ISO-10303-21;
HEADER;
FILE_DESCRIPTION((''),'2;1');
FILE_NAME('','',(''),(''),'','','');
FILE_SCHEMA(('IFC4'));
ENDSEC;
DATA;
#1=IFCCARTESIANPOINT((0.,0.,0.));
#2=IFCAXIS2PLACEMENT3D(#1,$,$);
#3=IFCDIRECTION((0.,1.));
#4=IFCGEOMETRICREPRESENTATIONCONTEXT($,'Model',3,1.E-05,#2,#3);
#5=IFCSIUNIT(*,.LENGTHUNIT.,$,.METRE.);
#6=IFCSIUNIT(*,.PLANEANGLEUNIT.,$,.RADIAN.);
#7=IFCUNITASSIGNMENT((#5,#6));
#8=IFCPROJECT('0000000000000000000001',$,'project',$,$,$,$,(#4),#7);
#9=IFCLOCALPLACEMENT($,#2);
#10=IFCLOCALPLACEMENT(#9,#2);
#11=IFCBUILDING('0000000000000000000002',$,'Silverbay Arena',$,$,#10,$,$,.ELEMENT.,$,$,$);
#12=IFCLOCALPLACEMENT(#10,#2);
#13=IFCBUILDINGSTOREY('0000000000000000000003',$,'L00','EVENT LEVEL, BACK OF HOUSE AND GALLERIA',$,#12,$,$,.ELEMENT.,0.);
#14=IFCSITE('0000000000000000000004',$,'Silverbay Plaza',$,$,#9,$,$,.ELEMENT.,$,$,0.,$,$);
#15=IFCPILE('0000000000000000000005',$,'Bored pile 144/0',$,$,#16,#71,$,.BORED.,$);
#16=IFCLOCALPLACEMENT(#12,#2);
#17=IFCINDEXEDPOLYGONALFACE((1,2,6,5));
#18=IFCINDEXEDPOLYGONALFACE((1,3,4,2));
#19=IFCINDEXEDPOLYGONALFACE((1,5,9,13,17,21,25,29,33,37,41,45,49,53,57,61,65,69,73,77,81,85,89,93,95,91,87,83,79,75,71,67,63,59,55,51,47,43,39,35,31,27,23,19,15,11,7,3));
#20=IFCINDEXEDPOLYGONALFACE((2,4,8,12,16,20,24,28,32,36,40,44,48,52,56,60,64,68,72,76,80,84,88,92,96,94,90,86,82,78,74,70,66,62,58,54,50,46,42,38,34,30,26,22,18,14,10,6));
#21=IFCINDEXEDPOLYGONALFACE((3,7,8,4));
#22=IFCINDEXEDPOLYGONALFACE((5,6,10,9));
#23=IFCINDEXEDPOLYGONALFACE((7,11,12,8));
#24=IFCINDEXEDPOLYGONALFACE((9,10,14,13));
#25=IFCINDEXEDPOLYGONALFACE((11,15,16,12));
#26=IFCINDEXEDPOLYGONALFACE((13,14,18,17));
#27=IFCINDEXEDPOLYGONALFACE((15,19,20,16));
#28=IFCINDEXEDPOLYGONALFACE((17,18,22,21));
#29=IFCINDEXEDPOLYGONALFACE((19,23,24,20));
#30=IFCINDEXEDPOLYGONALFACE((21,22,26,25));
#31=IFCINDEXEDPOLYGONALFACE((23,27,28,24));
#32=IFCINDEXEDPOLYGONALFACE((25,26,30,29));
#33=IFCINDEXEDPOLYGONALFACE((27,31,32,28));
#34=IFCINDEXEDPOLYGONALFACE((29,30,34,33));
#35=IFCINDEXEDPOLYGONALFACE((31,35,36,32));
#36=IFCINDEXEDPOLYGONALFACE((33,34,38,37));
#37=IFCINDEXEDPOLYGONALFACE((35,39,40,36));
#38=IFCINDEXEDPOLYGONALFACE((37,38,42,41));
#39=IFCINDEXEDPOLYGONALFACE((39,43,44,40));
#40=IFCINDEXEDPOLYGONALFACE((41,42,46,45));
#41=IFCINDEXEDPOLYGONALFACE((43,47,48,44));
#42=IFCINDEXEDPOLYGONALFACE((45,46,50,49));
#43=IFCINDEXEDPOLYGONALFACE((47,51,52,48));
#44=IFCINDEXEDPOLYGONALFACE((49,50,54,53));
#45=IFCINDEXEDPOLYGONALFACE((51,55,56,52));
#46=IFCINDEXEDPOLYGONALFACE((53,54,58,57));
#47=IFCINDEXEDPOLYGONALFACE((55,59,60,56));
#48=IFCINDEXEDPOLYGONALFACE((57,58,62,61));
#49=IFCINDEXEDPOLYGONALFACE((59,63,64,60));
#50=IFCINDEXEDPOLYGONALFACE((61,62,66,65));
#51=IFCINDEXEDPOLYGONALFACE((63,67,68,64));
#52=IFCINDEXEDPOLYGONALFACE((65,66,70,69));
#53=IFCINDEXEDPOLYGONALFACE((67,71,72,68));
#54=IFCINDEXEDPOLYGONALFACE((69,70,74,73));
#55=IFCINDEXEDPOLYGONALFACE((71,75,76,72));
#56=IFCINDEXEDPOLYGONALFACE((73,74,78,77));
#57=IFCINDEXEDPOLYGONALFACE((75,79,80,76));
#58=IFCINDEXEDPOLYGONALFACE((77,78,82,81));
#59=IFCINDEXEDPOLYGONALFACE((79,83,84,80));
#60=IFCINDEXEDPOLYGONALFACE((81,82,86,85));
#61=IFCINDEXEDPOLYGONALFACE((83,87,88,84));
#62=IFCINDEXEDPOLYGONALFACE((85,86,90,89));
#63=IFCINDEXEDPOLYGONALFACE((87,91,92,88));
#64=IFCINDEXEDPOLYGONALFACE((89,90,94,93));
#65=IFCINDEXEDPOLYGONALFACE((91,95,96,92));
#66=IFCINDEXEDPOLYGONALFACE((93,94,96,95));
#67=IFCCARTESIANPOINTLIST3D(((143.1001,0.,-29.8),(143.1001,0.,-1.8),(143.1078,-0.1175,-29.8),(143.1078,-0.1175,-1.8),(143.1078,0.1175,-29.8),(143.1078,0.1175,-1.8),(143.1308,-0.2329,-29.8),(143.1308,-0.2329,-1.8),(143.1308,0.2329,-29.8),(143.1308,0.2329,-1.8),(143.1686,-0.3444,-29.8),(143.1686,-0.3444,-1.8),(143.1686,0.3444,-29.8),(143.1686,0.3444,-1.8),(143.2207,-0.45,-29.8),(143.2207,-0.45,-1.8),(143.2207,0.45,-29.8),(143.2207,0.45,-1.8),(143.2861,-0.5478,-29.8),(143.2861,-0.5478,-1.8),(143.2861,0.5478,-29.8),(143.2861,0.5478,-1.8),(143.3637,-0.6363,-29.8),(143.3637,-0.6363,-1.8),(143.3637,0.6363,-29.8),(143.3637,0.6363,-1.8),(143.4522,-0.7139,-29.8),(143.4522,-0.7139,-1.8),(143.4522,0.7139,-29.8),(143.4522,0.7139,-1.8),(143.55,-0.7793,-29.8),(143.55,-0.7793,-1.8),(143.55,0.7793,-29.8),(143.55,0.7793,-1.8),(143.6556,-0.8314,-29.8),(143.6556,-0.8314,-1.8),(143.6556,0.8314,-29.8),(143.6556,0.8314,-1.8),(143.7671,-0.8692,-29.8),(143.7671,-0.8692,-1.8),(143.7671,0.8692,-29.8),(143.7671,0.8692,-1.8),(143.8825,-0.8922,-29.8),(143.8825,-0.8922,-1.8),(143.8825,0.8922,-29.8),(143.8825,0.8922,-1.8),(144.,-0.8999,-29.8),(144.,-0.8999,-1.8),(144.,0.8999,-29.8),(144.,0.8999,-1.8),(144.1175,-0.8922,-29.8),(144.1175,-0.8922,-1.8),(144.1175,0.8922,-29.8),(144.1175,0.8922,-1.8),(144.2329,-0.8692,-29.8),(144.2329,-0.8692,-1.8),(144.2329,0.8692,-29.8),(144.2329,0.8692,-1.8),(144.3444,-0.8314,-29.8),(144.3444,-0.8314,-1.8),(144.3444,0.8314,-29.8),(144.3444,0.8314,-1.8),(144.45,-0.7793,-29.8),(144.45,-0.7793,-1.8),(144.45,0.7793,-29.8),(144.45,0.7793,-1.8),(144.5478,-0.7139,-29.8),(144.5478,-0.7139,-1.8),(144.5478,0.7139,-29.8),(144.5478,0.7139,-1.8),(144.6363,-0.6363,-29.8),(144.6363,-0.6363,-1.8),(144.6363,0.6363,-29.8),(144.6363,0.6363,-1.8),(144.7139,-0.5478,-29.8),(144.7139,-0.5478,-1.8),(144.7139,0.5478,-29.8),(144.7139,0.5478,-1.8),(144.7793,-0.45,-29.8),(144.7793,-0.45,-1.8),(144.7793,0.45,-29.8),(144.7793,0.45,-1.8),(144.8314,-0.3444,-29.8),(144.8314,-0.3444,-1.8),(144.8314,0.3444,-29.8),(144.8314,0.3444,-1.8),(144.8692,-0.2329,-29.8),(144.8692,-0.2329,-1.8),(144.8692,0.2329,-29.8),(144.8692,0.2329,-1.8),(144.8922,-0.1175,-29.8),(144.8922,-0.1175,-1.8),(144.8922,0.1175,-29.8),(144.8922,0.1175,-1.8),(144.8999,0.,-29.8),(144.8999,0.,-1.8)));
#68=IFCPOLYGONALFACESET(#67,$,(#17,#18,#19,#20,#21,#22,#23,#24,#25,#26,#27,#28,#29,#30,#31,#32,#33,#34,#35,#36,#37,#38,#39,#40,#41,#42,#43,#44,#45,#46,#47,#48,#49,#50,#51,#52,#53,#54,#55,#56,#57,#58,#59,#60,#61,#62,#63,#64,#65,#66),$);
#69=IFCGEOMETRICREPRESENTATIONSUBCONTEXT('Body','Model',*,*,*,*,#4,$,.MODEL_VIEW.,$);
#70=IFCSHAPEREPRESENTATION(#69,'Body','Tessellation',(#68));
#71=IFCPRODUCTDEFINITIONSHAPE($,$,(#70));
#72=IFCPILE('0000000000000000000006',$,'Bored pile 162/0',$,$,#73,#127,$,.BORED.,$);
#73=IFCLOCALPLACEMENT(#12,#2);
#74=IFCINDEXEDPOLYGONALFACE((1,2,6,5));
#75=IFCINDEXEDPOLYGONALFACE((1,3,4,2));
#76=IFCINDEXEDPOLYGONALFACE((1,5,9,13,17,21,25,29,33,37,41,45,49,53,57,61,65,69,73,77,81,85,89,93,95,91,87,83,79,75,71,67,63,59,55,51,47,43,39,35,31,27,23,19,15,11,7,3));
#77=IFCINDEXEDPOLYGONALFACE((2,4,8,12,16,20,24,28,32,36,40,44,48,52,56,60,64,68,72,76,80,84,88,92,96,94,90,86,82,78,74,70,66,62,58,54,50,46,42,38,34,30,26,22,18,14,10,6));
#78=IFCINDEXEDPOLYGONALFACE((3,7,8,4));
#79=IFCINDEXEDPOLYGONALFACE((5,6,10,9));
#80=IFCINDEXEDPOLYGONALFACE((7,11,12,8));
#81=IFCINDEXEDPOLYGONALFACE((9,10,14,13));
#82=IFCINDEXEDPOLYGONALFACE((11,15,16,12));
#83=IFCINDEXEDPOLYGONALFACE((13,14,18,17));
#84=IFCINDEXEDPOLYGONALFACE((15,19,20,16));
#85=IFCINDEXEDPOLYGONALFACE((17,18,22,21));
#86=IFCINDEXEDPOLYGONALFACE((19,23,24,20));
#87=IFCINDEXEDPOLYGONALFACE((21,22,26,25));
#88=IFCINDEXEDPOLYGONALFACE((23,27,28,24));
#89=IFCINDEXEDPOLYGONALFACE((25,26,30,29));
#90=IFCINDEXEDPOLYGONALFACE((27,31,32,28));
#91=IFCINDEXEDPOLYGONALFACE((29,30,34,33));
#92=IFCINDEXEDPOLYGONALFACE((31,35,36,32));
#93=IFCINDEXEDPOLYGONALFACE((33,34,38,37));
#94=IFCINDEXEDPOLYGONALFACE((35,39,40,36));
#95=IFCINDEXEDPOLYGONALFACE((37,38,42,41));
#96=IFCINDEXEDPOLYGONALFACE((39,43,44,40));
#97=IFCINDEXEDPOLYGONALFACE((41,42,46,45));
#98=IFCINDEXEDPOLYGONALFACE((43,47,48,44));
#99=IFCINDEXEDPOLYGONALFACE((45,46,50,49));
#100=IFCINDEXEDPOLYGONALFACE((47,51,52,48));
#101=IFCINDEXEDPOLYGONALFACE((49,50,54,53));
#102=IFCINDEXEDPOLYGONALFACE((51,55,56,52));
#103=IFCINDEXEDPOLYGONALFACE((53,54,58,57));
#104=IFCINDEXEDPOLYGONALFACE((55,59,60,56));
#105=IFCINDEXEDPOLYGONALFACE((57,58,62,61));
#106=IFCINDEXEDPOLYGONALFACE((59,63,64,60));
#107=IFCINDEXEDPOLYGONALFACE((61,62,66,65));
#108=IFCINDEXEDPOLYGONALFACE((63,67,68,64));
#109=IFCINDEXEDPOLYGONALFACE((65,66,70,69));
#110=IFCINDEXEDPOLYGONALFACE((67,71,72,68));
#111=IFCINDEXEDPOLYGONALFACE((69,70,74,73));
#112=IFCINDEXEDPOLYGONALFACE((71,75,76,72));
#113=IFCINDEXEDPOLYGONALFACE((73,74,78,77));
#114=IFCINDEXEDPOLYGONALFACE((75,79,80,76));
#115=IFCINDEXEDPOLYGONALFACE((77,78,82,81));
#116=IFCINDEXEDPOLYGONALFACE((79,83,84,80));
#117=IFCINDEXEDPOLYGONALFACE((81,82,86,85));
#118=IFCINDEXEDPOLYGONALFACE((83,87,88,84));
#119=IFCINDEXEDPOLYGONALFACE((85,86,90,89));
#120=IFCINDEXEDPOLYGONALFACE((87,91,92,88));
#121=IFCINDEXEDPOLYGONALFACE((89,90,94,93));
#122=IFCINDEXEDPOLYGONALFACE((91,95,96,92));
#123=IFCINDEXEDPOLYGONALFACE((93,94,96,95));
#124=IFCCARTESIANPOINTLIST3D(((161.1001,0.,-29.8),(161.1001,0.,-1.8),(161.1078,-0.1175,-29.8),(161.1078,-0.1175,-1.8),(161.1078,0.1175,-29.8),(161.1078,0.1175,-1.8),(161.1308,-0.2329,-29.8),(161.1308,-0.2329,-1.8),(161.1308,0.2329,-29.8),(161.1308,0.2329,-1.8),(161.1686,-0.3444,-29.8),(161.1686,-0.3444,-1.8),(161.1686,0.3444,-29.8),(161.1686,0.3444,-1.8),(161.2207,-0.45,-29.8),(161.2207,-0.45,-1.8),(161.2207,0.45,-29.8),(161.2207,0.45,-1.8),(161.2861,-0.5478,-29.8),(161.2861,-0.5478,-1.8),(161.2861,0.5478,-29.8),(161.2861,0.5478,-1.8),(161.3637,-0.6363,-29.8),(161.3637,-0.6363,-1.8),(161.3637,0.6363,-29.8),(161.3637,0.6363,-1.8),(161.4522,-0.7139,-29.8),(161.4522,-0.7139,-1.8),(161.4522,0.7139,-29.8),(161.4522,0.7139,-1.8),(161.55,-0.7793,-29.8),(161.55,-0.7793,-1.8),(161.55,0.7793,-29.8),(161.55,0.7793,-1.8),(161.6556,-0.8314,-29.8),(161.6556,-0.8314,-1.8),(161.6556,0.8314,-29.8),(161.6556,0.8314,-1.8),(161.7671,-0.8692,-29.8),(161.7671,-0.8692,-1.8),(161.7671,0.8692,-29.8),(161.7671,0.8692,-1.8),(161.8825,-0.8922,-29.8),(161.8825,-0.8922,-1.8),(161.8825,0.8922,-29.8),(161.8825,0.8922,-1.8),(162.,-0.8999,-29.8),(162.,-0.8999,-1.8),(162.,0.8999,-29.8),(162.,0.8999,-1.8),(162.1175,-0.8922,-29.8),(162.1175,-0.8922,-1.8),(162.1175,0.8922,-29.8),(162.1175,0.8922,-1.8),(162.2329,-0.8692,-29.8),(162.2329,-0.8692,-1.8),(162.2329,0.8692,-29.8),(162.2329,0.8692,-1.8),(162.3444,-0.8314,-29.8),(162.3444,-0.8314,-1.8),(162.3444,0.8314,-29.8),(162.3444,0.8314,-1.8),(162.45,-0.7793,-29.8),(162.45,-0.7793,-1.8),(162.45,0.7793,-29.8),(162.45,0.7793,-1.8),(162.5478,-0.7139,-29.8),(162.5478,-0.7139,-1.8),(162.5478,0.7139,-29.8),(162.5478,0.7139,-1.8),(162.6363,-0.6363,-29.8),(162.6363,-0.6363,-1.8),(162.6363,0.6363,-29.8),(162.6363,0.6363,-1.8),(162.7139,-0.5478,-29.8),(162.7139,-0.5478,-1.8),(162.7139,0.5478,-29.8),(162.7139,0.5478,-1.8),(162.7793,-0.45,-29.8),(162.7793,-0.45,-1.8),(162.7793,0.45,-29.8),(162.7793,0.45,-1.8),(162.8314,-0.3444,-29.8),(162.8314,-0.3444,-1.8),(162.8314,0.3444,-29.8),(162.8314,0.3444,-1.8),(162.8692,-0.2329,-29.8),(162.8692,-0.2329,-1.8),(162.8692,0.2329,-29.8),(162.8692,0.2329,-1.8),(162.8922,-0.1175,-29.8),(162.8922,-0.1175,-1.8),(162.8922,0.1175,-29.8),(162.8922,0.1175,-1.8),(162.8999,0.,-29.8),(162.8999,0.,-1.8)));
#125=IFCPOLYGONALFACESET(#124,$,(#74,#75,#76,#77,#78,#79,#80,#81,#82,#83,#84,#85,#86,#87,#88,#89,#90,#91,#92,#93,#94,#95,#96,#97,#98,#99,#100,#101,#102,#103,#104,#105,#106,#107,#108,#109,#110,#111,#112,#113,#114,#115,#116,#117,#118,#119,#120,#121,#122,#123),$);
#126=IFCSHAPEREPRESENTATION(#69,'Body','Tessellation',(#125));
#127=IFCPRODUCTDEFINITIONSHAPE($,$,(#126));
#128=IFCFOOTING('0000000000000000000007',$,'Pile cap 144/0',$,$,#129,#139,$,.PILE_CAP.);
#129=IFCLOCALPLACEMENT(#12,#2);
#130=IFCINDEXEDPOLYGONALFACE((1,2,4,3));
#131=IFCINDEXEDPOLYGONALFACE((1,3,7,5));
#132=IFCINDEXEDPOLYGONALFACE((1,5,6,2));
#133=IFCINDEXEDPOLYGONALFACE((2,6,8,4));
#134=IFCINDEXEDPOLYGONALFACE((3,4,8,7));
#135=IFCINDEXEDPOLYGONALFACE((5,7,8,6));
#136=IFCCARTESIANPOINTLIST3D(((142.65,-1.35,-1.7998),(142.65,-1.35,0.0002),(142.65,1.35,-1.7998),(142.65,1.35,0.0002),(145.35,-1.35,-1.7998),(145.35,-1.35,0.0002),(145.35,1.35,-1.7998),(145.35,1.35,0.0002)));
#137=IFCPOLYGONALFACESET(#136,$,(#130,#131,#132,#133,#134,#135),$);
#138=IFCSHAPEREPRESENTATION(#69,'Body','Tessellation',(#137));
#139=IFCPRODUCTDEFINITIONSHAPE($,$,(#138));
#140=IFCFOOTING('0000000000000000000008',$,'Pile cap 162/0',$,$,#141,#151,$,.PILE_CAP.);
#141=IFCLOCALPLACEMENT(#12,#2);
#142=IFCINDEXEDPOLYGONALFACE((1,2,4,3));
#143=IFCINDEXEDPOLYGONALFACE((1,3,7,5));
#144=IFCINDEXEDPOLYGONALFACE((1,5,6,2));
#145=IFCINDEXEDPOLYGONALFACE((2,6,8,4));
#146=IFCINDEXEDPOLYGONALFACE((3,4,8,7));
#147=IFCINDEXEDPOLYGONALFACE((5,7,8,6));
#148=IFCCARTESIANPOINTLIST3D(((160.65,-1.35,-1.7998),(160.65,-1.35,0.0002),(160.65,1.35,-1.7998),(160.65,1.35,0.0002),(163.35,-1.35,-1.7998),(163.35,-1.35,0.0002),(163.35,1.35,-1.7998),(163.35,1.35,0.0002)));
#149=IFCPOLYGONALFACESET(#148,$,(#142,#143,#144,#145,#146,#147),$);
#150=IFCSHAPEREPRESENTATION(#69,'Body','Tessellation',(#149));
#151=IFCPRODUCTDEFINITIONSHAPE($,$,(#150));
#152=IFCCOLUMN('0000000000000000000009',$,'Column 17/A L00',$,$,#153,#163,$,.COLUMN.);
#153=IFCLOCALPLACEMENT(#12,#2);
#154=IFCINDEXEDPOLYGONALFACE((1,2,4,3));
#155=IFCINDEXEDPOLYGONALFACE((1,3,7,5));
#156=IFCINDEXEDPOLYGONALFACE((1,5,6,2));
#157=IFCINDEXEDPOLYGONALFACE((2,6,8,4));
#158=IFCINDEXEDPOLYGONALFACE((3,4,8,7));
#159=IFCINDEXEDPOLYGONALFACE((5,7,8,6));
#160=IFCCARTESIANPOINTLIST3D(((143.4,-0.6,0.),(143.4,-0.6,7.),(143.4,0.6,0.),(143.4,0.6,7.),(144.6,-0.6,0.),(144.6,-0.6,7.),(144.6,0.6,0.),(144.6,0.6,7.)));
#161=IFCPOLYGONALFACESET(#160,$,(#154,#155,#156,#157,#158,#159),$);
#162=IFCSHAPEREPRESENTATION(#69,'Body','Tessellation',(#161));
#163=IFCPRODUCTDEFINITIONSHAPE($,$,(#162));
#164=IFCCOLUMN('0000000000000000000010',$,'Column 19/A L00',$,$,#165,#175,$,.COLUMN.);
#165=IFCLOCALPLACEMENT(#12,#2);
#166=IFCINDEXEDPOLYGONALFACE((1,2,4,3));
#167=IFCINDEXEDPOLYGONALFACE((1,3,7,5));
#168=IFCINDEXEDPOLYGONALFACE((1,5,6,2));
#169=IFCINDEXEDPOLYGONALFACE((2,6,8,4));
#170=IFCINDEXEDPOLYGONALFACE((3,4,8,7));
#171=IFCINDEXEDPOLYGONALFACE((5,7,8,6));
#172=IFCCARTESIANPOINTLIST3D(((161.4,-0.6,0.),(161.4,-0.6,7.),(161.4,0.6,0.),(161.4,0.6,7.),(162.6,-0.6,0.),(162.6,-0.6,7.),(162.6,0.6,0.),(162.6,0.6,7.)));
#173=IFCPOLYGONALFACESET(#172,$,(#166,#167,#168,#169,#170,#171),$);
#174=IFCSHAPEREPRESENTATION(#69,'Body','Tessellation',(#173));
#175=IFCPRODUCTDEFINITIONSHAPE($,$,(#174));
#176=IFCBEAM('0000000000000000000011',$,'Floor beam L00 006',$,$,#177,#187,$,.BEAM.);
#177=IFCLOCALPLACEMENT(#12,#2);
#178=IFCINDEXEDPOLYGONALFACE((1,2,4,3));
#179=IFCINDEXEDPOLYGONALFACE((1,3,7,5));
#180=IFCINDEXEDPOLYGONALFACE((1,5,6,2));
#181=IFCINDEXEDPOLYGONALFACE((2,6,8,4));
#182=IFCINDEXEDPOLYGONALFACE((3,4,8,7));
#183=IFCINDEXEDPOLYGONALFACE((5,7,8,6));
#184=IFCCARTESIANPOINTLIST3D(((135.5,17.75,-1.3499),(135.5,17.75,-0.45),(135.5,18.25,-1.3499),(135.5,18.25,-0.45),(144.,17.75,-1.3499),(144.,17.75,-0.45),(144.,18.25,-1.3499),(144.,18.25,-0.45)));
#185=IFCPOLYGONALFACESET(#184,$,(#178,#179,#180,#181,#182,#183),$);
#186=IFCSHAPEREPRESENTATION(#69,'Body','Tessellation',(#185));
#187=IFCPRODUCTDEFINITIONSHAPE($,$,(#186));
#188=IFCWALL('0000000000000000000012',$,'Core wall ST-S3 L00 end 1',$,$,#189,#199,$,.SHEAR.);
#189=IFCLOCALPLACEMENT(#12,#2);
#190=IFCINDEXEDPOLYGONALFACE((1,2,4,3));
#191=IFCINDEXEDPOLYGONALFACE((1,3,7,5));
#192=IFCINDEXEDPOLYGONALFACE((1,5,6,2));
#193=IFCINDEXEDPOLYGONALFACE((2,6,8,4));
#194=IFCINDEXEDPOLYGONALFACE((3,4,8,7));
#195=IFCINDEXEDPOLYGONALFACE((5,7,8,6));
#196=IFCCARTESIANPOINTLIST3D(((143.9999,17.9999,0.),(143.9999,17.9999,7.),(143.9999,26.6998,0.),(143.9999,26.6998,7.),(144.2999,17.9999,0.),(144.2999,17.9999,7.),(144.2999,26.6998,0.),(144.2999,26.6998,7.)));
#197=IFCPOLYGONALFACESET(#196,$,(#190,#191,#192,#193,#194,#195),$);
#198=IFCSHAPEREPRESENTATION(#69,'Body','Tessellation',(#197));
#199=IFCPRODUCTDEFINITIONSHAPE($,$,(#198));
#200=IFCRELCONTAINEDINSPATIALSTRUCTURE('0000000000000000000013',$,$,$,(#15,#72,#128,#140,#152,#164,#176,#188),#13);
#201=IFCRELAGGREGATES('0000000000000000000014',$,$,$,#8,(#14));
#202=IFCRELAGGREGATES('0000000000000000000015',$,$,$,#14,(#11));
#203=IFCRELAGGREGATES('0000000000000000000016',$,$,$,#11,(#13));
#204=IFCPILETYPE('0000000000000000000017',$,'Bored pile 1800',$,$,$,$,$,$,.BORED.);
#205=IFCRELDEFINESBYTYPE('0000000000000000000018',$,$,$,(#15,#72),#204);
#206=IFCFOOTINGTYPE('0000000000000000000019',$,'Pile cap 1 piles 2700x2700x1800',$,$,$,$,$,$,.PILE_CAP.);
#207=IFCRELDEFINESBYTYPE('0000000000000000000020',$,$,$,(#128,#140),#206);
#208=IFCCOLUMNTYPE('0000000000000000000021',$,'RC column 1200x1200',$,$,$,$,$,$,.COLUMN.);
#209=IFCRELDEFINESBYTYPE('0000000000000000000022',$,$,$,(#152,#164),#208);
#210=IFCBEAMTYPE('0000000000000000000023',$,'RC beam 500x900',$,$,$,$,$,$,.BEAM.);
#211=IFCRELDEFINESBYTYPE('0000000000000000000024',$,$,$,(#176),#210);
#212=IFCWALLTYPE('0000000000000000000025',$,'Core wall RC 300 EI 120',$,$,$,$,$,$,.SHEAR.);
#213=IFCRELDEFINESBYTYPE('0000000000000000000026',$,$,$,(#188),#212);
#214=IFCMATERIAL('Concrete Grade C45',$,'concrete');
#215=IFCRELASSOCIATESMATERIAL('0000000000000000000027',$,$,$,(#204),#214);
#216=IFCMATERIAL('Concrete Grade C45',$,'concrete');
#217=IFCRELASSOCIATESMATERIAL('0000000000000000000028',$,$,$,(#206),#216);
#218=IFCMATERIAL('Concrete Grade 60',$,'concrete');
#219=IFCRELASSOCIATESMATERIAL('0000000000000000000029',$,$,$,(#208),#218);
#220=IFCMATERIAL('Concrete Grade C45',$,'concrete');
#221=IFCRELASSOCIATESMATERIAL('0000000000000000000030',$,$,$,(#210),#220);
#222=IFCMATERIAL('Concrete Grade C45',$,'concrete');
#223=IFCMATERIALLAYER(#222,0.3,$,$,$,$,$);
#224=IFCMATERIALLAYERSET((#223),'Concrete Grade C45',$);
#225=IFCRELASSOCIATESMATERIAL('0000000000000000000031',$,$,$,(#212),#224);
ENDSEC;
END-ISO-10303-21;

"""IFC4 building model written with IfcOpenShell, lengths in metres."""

from ifc_helpers import new_model, si_unit, direction, frame, frame_2d, origin, origin_2d, place, context, subcontext, project, spatial, rectangle, circle, extrude, material, layer, layer_set, material_profile, profile_set, type_object, element, save


model = new_model("IFC4")

# Units and contexts
model_context = context("Model", 3, precision=1e-05, world=origin(), true_north=direction((0.0, 1.0)))
body_context = subcontext(model_context, "Body", "Model", "MODEL_VIEW")
ifc_project = project(units=[si_unit("LENGTHUNIT", "METRE"), si_unit("PLANEANGLEUNIT", "RADIAN")], contexts=[model_context])

# Site, building, storey
site_placement = place(None, origin())
site = spatial("IfcSite", under=ifc_project, at=site_placement, Name="Silverbay Plaza", CompositionType="ELEMENT", RefElevation=0.0)
building_placement = place(site_placement, origin())
building = spatial("IfcBuilding", under=site, at=building_placement, Name="Silverbay Arena", CompositionType="ELEMENT")
storey_placement = place(building_placement, origin())
storey = spatial("IfcBuildingStorey", under=building, at=storey_placement, Name="L00", Description="EVENT LEVEL, BACK OF HOUSE AND GALLERIA", CompositionType="ELEMENT", Elevation=0.0)

# Piles
ifc_material_1 = material(Name="Concrete Grade C45", Category="concrete")
ifc_material_profile_1 = material_profile(ifc_material_1, circle(Radius=0.8999, at=origin_2d()), Name="Bored pile 1800")
ifc_profile_set_1 = profile_set([ifc_material_profile_1], Name="Concrete Grade C45")
pile_type = type_object("IfcPileType", Name="Bored pile 1800", PredefinedType="BORED", material=ifc_profile_set_1)
for number, where, z_axis, x_axis, name in (
    (1, (144.0, 0.0, -1.8), (0.0, 0.0, -1.0), (1.0, 0.0, 0.0), "Bored pile 144/0"),
    (2, (162.0, 0.0, -1.8), (0.0, 0.0, -1.0), (1.0, 0.0, 0.0), "Bored pile 162/0"),
):
    element("IfcPile", number, at=place(storey_placement, frame(where, z_axis=z_axis, x_axis=x_axis)), inside=storey, type_object=pile_type, Name=name, PredefinedType="BORED", context=body_context, shape_type="SweptSolid", body=[
        extrude(circle(Radius=0.8999, at=origin_2d()), origin(), (0.0, 0.0, 1.0), 28.0),
    ])

# Footings
ifc_material_2 = material(Name="Concrete Grade C45", Category="concrete")
footing_type = type_object("IfcFootingType", Name="Pile cap 1 piles 2700x2700x1800", PredefinedType="PILE_CAP", material=ifc_material_2)
for number, where, z_axis, x_axis, name in (
    (3, (144.0, 0.0, -1.7998), (0.0, 0.0, 1.0), (1.0, 0.0, 0.0), "Pile cap 144/0"),
    (4, (162.0, 0.0, -1.7998), (0.0, 0.0, 1.0), (1.0, 0.0, 0.0), "Pile cap 162/0"),
):
    element("IfcFooting", number, at=place(storey_placement, frame(where, z_axis=z_axis, x_axis=x_axis)), inside=storey, type_object=footing_type, Name=name, PredefinedType="PILE_CAP", context=body_context, shape_type="SweptSolid", body=[
        extrude(rectangle(XDim=2.7, YDim=2.7, at=origin_2d()), origin(), (0.0, 0.0, 1.0), 1.8),
    ])

# Columns
ifc_material_3 = material(Name="Concrete Grade 60", Category="concrete")
ifc_material_profile_2 = material_profile(ifc_material_3, rectangle(XDim=1.2, YDim=1.2, at=origin_2d()), Name="RC 1200x1200")
ifc_profile_set_2 = profile_set([ifc_material_profile_2], Name="Concrete Grade 60")
column_type = type_object("IfcColumnType", Name="RC column 1200x1200", PredefinedType="COLUMN", material=ifc_profile_set_2)
for number, where, z_axis, x_axis, name in (
    (5, (144.0, 0.0, 0.0), (0.0, 0.0, 1.0), (1.0, 0.0, 0.0), "Column 17/A L00"),
    (6, (162.0, 0.0, 0.0), (0.0, 0.0, 1.0), (1.0, 0.0, 0.0), "Column 19/A L00"),
):
    element("IfcColumn", number, at=place(storey_placement, frame(where, z_axis=z_axis, x_axis=x_axis)), inside=storey, type_object=column_type, Name=name, PredefinedType="COLUMN", context=body_context, shape_type="SweptSolid", body=[
        extrude(rectangle(XDim=1.2, YDim=1.2, at=origin_2d()), origin(), (0.0, 0.0, 1.0), 7.0),
    ])

# Beam
ifc_material_4 = material(Name="Concrete Grade C45", Category="concrete")
ifc_material_profile_3 = material_profile(ifc_material_4, rectangle(XDim=0.5, YDim=0.8999, at=origin_2d()), Name="RC 500x900")
ifc_profile_set_3 = profile_set([ifc_material_profile_3], Name="Concrete Grade C45")
beam_type = type_object("IfcBeamType", Name="RC beam 500x900", PredefinedType="BEAM", material=ifc_profile_set_3)
beam_placement = place(storey_placement, frame((135.5, 18.0, -0.8999), z_axis=(1.0, 0.0, 0.0), x_axis=(0.0, 1.0, 0.0)))
element("IfcBeam", 7, at=beam_placement, inside=storey, type_object=beam_type, Name="Floor beam L00 006", PredefinedType="BEAM", context=body_context, shape_type="SweptSolid", body=[
    extrude(rectangle(XDim=0.5, YDim=0.8999, at=origin_2d()), origin(), (0.0, 0.0, 1.0), 8.5),
])

# Wall
ifc_material_5 = material(Name="Concrete Grade C45", Category="concrete")
ifc_layer_1 = layer(ifc_material_5, 0.3)
ifc_layer_set_1 = layer_set([ifc_layer_1], Name="Concrete Grade C45")
wall_type_1 = type_object("IfcWallType", Name="Core wall RC 300 EI 120", PredefinedType="SHEAR", material=ifc_layer_set_1)
wall_1_placement = place(storey_placement, frame((144.1499, 26.7, 0.0), z_axis=(0.0, 0.0, 1.0), x_axis=(0.0, -1.0, 0.0)))
element("IfcWall", 8, at=wall_1_placement, inside=storey, type_object=wall_type_1, Name="Core wall ST-S3 L00 end 1", PredefinedType="SHEAR", context=body_context, shape_type="SweptSolid", body=[
    extrude(rectangle(XDim=8.7, YDim=0.3, at=frame_2d((4.3501, 0.0))), origin(), (0.0, 0.0, 1.0), 7.0),
])

save(model, "model.ifc")
